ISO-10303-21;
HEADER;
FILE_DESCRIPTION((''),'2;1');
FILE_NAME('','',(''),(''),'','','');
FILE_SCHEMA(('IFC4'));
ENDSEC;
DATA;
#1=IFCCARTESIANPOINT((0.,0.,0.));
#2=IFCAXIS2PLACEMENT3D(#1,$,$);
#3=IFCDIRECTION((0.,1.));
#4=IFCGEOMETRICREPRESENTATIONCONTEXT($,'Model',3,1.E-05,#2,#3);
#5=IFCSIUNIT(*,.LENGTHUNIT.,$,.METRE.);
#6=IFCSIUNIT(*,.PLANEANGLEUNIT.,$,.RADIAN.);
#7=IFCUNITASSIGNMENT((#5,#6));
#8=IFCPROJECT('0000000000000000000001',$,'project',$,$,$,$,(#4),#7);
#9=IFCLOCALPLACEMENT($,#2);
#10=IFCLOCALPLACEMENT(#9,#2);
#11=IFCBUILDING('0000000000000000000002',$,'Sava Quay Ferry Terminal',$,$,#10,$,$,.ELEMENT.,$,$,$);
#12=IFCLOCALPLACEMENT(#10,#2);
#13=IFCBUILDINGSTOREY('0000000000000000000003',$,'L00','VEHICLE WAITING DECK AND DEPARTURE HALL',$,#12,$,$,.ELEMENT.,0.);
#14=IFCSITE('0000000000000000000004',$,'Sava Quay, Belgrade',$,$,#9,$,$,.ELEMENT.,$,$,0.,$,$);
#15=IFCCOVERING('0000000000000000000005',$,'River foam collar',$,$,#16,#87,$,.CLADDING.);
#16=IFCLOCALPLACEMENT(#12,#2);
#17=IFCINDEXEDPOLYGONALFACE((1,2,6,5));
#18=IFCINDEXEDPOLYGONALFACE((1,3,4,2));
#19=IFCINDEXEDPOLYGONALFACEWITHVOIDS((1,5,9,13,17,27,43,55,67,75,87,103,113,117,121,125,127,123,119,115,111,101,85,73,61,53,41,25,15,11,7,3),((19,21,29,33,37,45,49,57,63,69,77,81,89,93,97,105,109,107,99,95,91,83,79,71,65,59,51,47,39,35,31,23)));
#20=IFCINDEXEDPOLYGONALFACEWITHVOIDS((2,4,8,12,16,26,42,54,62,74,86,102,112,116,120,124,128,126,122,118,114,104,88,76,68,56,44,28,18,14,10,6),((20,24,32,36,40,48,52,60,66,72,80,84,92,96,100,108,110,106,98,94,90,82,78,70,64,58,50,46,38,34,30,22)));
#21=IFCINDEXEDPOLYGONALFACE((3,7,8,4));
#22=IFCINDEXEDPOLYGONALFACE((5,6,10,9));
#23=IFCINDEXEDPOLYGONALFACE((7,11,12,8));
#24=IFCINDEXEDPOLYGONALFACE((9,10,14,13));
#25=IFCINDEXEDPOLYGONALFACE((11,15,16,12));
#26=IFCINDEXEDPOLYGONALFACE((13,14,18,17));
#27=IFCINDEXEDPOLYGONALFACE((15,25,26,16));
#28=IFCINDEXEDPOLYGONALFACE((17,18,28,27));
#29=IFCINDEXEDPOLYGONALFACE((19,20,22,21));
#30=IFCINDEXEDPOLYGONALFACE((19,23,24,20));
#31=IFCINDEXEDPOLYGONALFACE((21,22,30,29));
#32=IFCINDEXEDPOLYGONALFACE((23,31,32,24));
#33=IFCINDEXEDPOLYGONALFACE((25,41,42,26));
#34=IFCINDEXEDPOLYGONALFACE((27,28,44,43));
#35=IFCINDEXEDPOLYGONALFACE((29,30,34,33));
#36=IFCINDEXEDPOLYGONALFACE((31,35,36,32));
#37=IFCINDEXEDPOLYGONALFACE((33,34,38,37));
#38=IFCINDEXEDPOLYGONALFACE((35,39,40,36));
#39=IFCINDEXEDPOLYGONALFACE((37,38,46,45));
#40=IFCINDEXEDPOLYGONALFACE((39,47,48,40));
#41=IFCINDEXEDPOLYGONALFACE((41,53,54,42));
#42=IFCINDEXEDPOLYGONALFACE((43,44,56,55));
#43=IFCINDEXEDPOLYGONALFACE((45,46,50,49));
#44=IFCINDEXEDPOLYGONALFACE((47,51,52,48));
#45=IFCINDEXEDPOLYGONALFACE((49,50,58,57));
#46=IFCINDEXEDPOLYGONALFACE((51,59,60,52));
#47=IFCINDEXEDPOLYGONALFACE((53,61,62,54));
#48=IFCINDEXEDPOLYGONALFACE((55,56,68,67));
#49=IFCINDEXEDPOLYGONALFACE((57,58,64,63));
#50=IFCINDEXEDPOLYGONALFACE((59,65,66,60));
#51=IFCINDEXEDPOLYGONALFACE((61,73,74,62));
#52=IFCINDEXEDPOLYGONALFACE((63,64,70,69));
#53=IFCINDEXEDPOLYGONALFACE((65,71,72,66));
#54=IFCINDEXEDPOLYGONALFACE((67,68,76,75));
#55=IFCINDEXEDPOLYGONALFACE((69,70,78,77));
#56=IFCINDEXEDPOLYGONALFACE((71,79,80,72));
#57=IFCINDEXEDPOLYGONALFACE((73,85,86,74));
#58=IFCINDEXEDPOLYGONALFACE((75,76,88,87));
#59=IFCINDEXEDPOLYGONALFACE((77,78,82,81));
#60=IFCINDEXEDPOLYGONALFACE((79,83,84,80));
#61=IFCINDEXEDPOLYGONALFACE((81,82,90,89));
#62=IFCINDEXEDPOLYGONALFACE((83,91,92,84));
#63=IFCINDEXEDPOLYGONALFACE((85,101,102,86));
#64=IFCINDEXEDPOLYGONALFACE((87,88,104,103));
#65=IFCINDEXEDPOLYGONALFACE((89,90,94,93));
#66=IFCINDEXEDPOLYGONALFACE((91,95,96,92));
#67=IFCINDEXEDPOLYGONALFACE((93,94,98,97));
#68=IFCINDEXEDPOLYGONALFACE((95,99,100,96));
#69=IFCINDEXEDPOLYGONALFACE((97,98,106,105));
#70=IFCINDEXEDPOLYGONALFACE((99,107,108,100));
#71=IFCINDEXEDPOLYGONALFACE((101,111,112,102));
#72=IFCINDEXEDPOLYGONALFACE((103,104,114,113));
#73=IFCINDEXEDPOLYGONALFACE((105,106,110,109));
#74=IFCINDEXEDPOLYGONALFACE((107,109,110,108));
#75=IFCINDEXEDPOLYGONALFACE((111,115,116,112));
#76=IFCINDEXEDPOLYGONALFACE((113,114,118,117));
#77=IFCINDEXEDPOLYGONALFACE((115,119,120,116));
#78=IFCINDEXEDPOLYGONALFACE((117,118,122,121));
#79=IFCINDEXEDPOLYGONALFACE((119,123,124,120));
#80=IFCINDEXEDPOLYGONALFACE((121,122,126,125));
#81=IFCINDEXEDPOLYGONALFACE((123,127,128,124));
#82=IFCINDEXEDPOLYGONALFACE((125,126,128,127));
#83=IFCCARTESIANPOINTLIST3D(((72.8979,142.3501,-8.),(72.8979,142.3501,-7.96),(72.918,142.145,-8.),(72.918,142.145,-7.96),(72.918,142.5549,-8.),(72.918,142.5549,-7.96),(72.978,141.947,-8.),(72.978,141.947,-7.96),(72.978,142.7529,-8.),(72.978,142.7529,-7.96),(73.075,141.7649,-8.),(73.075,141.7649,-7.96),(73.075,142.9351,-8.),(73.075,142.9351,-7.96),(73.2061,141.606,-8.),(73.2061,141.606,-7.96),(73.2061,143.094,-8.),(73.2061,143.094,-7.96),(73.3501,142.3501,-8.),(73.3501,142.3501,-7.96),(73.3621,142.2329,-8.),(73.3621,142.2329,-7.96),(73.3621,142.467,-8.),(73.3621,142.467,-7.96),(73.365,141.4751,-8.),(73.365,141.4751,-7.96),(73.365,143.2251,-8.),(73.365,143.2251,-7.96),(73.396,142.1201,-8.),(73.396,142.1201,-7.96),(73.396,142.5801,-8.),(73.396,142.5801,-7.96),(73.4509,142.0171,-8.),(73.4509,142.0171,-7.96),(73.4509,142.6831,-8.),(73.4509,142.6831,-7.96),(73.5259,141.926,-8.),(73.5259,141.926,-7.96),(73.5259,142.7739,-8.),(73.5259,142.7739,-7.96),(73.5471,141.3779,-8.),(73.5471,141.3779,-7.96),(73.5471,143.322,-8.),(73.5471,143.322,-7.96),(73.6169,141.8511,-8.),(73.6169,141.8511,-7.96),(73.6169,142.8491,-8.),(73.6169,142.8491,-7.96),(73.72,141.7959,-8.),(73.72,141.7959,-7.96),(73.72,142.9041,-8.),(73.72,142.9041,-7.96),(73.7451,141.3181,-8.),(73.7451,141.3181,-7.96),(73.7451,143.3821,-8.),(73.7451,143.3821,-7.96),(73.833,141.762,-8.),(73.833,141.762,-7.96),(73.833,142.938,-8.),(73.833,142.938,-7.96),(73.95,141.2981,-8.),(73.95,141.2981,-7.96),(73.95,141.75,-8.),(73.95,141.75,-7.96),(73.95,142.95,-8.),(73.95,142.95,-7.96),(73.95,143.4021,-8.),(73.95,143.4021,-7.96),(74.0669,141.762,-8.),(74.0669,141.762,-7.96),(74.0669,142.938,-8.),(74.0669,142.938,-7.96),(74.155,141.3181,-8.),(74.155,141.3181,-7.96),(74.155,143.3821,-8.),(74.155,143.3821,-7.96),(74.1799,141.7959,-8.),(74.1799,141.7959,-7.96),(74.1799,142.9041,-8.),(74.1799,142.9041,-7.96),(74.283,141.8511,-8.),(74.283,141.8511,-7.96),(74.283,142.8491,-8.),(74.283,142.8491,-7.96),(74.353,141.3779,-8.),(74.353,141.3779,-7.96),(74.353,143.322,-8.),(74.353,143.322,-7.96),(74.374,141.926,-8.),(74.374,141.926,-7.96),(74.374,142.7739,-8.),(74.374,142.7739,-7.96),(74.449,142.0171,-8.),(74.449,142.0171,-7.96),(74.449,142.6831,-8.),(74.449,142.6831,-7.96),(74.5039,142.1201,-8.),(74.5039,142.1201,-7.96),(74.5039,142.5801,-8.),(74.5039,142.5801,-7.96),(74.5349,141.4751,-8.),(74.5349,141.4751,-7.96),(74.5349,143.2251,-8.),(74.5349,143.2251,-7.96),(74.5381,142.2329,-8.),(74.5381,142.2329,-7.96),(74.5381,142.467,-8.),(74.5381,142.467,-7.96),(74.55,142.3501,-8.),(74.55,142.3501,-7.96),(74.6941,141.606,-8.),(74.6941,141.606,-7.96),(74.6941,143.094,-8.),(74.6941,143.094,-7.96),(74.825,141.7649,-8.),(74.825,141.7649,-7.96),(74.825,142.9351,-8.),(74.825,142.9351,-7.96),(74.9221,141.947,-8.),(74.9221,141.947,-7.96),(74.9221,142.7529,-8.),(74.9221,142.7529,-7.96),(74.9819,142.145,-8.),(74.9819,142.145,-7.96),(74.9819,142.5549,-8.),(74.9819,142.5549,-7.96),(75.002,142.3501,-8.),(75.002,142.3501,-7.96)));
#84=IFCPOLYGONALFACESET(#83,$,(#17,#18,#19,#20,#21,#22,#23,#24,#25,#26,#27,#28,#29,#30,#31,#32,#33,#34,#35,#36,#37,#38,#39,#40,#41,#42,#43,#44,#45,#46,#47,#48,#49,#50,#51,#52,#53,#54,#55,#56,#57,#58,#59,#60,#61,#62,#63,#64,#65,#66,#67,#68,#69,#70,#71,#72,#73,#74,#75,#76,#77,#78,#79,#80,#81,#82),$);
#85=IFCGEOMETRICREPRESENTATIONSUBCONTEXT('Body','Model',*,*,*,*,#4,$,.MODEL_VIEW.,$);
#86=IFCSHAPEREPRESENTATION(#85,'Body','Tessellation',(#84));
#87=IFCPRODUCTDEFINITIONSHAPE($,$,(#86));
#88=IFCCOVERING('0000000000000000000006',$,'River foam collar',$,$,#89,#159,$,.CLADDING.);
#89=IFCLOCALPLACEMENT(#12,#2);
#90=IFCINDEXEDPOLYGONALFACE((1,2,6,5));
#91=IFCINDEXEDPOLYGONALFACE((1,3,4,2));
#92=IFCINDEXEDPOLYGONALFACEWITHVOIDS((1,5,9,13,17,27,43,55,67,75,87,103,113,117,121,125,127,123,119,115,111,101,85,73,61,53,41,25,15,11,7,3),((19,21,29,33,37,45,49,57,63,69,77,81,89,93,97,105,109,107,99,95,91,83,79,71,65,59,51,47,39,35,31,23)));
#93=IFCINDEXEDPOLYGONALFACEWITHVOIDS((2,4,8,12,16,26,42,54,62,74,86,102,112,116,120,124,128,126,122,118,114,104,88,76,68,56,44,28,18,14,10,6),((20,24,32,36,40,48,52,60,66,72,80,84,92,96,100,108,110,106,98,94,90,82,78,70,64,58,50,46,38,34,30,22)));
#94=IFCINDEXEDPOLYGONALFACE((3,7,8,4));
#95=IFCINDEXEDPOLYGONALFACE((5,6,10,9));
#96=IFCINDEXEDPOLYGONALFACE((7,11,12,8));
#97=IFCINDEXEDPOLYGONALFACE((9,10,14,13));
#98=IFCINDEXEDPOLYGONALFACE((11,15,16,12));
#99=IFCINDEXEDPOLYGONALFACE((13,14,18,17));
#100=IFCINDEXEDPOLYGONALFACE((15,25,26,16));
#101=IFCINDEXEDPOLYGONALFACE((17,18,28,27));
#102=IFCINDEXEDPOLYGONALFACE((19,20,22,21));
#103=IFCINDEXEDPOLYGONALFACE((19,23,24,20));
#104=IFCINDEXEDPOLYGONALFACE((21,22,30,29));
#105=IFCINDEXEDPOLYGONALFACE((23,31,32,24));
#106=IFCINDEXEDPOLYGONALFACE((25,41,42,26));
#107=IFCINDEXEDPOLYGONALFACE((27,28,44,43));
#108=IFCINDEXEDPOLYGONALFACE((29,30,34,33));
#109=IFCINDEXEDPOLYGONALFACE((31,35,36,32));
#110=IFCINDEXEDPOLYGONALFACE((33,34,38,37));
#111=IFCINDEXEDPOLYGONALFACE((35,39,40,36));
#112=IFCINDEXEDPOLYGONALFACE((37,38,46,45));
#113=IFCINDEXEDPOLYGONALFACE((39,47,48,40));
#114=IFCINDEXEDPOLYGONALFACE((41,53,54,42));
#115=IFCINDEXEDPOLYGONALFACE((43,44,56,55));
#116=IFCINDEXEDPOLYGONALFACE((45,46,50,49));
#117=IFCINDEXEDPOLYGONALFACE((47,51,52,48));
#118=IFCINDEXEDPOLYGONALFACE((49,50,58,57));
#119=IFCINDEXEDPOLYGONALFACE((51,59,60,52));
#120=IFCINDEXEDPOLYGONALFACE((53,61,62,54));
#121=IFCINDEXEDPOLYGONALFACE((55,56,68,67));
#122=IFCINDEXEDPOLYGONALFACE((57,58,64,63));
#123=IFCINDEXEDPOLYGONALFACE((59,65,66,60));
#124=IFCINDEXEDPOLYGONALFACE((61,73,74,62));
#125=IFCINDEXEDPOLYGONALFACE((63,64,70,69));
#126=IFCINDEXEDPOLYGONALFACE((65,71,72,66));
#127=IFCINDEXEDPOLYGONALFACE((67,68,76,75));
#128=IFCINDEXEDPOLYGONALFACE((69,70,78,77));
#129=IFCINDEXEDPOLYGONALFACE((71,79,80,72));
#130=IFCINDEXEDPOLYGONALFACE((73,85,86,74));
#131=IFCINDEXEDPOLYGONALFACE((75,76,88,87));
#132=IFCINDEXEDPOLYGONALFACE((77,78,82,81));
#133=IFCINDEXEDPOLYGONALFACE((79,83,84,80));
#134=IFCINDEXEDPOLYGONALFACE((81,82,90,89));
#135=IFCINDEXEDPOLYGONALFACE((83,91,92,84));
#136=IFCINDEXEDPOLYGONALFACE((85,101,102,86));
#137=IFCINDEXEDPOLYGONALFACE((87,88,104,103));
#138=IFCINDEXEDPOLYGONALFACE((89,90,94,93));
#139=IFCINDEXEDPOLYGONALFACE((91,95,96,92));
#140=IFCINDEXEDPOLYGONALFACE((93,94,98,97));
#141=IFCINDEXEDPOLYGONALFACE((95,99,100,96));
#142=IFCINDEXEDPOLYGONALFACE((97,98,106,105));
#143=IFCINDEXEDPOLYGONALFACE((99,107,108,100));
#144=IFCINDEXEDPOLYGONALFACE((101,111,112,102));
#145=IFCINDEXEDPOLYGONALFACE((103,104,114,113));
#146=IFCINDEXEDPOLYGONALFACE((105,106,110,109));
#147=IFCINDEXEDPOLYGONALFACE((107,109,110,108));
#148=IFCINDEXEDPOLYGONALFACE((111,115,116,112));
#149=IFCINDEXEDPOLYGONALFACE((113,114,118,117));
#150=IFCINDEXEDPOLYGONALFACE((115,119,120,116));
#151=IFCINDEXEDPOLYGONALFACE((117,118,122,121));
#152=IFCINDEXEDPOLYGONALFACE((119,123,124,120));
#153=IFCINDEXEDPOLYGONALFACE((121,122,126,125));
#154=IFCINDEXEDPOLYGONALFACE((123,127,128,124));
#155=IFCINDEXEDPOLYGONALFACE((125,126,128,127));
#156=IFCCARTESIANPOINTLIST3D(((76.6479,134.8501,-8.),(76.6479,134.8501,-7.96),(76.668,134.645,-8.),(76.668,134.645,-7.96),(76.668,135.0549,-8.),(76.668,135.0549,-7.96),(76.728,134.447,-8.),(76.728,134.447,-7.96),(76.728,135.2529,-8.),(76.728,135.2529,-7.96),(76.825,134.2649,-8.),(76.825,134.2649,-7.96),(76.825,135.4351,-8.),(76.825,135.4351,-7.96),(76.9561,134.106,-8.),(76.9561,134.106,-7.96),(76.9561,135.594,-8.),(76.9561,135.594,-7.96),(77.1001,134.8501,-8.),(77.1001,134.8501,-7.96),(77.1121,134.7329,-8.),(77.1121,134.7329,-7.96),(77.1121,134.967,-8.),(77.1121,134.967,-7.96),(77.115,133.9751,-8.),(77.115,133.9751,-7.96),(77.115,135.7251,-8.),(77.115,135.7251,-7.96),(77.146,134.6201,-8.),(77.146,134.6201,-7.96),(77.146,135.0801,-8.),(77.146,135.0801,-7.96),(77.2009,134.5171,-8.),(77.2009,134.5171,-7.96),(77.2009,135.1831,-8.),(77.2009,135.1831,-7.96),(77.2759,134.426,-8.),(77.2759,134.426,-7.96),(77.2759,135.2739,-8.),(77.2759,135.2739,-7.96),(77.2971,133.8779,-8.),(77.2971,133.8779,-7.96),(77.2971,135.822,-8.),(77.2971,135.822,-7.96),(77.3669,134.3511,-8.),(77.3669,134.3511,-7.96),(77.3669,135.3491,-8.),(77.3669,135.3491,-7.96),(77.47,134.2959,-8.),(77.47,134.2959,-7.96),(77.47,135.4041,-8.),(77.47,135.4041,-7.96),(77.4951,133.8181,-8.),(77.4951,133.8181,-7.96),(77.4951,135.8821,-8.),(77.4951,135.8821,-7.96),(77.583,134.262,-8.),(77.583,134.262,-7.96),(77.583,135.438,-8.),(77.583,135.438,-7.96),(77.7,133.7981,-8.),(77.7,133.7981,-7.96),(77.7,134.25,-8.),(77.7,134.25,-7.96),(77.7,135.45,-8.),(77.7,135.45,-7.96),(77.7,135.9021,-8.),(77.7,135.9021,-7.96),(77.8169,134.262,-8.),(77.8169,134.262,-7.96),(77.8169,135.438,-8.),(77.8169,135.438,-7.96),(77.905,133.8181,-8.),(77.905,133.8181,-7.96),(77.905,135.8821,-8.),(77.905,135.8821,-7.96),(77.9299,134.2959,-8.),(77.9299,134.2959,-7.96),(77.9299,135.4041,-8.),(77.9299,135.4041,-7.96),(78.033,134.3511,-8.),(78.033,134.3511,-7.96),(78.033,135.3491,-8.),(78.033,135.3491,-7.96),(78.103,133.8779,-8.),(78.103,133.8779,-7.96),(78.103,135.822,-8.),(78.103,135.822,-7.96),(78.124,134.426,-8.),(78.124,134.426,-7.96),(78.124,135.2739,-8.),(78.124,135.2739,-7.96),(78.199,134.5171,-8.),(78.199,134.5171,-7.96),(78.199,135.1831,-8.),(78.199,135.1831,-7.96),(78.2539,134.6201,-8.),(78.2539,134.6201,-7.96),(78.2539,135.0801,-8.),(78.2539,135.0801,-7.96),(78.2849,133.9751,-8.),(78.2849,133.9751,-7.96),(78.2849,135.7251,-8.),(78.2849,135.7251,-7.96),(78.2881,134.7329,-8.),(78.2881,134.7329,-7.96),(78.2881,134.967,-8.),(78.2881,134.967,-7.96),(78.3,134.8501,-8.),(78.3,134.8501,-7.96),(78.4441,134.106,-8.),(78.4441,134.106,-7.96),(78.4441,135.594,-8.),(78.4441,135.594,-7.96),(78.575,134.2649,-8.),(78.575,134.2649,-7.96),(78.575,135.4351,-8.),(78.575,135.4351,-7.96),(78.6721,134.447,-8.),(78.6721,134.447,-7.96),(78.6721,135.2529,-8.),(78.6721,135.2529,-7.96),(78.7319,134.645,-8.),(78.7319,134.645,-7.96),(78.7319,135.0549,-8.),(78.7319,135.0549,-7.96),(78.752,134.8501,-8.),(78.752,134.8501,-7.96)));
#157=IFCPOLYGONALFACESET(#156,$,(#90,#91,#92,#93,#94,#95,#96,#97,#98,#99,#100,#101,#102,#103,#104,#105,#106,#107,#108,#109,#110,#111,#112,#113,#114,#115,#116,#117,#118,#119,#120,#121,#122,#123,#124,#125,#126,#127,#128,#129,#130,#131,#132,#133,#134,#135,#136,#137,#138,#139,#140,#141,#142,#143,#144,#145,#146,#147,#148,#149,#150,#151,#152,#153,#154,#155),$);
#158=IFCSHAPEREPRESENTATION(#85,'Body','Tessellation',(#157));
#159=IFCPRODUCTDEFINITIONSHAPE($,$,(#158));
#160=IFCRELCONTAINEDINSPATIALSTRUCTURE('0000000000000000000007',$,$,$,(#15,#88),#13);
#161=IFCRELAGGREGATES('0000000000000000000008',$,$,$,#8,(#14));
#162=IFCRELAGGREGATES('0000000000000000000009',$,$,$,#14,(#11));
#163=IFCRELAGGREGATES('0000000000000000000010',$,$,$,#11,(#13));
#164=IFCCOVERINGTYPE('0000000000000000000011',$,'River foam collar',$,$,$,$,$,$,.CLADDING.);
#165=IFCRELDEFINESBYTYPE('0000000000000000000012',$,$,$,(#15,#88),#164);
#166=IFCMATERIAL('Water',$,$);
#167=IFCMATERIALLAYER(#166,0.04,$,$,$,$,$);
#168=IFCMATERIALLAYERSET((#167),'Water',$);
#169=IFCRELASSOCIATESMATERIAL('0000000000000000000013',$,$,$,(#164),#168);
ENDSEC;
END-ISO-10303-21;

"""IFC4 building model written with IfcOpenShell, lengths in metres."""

from ifc_helpers import new_model, si_unit, direction, frame, origin, place, context, subcontext, project, spatial, polyline, outline, extrude, material, layer, layer_set, type_object, element, save


model = new_model("IFC4")

# Units and contexts
model_context = context("Model", 3, precision=1e-05, world=origin(), true_north=direction((0.0, 1.0)))
body_context = subcontext(model_context, "Body", "Model", "MODEL_VIEW")
ifc_project = project(units=[si_unit("LENGTHUNIT", "METRE"), si_unit("PLANEANGLEUNIT", "RADIAN")], contexts=[model_context])

# Site, building, storey
site_placement = place(None, origin())
site = spatial("IfcSite", under=ifc_project, at=site_placement, Name="Sava Quay, Belgrade", CompositionType="ELEMENT", RefElevation=0.0)
building_placement = place(site_placement, origin())
building = spatial("IfcBuilding", under=site, at=building_placement, Name="Sava Quay Ferry Terminal", CompositionType="ELEMENT")
storey_placement = place(building_placement, origin())
storey = spatial("IfcBuildingStorey", under=building, at=storey_placement, Name="L00", Description="VEHICLE WAITING DECK AND DEPARTURE HALL", CompositionType="ELEMENT", Elevation=0.0)

# Coverings
ifc_material = material(Name="Water")
ifc_layer = layer(ifc_material, 0.04)
ifc_layer_set = layer_set([ifc_layer], Name="Water")
covering_type = type_object("IfcCoveringType", Name="River foam collar", PredefinedType="CLADDING", material=ifc_layer_set)
covering_1_placement = place(storey_placement, frame((0.0, 0.0, -8.0)))
element("IfcCovering", 1, at=covering_1_placement, inside=storey, type_object=covering_type, Name="River foam collar", PredefinedType="CLADDING", context=body_context, shape_type="SweptSolid", body=[
    extrude(outline(polyline([(74.9221, 142.7529), (74.825, 142.9351), (74.6941, 143.094), (74.5349, 143.2251), (74.353, 143.322), (74.155, 143.3821), (73.95, 143.4021), (73.7451, 143.3821), (73.5471, 143.322), (73.365, 143.2251), (73.2061, 143.094), (73.075, 142.9351), (72.978, 142.7529), (72.918, 142.5549), (72.8979, 142.3501), (72.918, 142.145), (72.978, 141.947), (73.075, 141.7649), (73.2061, 141.606), (73.365, 141.4751), (73.5471, 141.3779), (73.7451, 141.3181), (73.95, 141.2981), (74.155, 141.3181), (74.353, 141.3779), (74.5349, 141.4751), (74.6941, 141.606), (74.825, 141.7649), (74.9221, 141.947), (74.9819, 142.145), (75.002, 142.3501), (74.9819, 142.5549), (74.9221, 142.7529)]), holes=[polyline([(74.5039, 142.1201), (74.449, 142.0171), (74.374, 141.926), (74.283, 141.8511), (74.1799, 141.7959), (74.0669, 141.762), (73.95, 141.75), (73.833, 141.762), (73.72, 141.7959), (73.6169, 141.8511), (73.5259, 141.926), (73.4509, 142.0171), (73.396, 142.1201), (73.3621, 142.2329), (73.3501, 142.3501), (73.3621, 142.467), (73.396, 142.5801), (73.4509, 142.6831), (73.5259, 142.7739), (73.6169, 142.8491), (73.72, 142.9041), (73.833, 142.938), (73.95, 142.95), (74.0669, 142.938), (74.1799, 142.9041), (74.283, 142.8491), (74.374, 142.7739), (74.449, 142.6831), (74.5039, 142.5801), (74.5381, 142.467), (74.55, 142.3501), (74.5381, 142.2329), (74.5039, 142.1201)])]), origin(), (0.0, 0.0, 1.0), 0.04),
])
covering_2_placement = place(storey_placement, frame((0.0, 0.0, -8.0)))
element("IfcCovering", 2, at=covering_2_placement, inside=storey, type_object=covering_type, Name="River foam collar", PredefinedType="CLADDING", context=body_context, shape_type="SweptSolid", body=[
    extrude(outline(polyline([(78.7319, 135.0549), (78.6721, 135.2529), (78.575, 135.4351), (78.4441, 135.594), (78.2849, 135.7251), (78.103, 135.822), (77.905, 135.8821), (77.7, 135.9021), (77.4951, 135.8821), (77.2971, 135.822), (77.115, 135.7251), (76.9561, 135.594), (76.825, 135.4351), (76.728, 135.2529), (76.668, 135.0549), (76.6479, 134.8501), (76.668, 134.645), (76.728, 134.447), (76.825, 134.2649), (76.9561, 134.106), (77.115, 133.9751), (77.2971, 133.8779), (77.4951, 133.8181), (77.7, 133.7981), (77.905, 133.8181), (78.103, 133.8779), (78.2849, 133.9751), (78.4441, 134.106), (78.575, 134.2649), (78.6721, 134.447), (78.7319, 134.645), (78.752, 134.8501), (78.7319, 135.0549)]), holes=[polyline([(78.2881, 134.7329), (78.2539, 134.6201), (78.199, 134.5171), (78.124, 134.426), (78.033, 134.3511), (77.9299, 134.2959), (77.8169, 134.262), (77.7, 134.25), (77.583, 134.262), (77.47, 134.2959), (77.3669, 134.3511), (77.2759, 134.426), (77.2009, 134.5171), (77.146, 134.6201), (77.1121, 134.7329), (77.1001, 134.8501), (77.1121, 134.967), (77.146, 135.0801), (77.2009, 135.1831), (77.2759, 135.2739), (77.3669, 135.3491), (77.47, 135.4041), (77.583, 135.438), (77.7, 135.45), (77.8169, 135.438), (77.9299, 135.4041), (78.033, 135.3491), (78.124, 135.2739), (78.199, 135.1831), (78.2539, 135.0801), (78.2881, 134.967), (78.3, 134.8501), (78.2881, 134.7329)])]), origin(), (0.0, 0.0, 1.0), 0.04),
])

save(model, "model.ifc")
